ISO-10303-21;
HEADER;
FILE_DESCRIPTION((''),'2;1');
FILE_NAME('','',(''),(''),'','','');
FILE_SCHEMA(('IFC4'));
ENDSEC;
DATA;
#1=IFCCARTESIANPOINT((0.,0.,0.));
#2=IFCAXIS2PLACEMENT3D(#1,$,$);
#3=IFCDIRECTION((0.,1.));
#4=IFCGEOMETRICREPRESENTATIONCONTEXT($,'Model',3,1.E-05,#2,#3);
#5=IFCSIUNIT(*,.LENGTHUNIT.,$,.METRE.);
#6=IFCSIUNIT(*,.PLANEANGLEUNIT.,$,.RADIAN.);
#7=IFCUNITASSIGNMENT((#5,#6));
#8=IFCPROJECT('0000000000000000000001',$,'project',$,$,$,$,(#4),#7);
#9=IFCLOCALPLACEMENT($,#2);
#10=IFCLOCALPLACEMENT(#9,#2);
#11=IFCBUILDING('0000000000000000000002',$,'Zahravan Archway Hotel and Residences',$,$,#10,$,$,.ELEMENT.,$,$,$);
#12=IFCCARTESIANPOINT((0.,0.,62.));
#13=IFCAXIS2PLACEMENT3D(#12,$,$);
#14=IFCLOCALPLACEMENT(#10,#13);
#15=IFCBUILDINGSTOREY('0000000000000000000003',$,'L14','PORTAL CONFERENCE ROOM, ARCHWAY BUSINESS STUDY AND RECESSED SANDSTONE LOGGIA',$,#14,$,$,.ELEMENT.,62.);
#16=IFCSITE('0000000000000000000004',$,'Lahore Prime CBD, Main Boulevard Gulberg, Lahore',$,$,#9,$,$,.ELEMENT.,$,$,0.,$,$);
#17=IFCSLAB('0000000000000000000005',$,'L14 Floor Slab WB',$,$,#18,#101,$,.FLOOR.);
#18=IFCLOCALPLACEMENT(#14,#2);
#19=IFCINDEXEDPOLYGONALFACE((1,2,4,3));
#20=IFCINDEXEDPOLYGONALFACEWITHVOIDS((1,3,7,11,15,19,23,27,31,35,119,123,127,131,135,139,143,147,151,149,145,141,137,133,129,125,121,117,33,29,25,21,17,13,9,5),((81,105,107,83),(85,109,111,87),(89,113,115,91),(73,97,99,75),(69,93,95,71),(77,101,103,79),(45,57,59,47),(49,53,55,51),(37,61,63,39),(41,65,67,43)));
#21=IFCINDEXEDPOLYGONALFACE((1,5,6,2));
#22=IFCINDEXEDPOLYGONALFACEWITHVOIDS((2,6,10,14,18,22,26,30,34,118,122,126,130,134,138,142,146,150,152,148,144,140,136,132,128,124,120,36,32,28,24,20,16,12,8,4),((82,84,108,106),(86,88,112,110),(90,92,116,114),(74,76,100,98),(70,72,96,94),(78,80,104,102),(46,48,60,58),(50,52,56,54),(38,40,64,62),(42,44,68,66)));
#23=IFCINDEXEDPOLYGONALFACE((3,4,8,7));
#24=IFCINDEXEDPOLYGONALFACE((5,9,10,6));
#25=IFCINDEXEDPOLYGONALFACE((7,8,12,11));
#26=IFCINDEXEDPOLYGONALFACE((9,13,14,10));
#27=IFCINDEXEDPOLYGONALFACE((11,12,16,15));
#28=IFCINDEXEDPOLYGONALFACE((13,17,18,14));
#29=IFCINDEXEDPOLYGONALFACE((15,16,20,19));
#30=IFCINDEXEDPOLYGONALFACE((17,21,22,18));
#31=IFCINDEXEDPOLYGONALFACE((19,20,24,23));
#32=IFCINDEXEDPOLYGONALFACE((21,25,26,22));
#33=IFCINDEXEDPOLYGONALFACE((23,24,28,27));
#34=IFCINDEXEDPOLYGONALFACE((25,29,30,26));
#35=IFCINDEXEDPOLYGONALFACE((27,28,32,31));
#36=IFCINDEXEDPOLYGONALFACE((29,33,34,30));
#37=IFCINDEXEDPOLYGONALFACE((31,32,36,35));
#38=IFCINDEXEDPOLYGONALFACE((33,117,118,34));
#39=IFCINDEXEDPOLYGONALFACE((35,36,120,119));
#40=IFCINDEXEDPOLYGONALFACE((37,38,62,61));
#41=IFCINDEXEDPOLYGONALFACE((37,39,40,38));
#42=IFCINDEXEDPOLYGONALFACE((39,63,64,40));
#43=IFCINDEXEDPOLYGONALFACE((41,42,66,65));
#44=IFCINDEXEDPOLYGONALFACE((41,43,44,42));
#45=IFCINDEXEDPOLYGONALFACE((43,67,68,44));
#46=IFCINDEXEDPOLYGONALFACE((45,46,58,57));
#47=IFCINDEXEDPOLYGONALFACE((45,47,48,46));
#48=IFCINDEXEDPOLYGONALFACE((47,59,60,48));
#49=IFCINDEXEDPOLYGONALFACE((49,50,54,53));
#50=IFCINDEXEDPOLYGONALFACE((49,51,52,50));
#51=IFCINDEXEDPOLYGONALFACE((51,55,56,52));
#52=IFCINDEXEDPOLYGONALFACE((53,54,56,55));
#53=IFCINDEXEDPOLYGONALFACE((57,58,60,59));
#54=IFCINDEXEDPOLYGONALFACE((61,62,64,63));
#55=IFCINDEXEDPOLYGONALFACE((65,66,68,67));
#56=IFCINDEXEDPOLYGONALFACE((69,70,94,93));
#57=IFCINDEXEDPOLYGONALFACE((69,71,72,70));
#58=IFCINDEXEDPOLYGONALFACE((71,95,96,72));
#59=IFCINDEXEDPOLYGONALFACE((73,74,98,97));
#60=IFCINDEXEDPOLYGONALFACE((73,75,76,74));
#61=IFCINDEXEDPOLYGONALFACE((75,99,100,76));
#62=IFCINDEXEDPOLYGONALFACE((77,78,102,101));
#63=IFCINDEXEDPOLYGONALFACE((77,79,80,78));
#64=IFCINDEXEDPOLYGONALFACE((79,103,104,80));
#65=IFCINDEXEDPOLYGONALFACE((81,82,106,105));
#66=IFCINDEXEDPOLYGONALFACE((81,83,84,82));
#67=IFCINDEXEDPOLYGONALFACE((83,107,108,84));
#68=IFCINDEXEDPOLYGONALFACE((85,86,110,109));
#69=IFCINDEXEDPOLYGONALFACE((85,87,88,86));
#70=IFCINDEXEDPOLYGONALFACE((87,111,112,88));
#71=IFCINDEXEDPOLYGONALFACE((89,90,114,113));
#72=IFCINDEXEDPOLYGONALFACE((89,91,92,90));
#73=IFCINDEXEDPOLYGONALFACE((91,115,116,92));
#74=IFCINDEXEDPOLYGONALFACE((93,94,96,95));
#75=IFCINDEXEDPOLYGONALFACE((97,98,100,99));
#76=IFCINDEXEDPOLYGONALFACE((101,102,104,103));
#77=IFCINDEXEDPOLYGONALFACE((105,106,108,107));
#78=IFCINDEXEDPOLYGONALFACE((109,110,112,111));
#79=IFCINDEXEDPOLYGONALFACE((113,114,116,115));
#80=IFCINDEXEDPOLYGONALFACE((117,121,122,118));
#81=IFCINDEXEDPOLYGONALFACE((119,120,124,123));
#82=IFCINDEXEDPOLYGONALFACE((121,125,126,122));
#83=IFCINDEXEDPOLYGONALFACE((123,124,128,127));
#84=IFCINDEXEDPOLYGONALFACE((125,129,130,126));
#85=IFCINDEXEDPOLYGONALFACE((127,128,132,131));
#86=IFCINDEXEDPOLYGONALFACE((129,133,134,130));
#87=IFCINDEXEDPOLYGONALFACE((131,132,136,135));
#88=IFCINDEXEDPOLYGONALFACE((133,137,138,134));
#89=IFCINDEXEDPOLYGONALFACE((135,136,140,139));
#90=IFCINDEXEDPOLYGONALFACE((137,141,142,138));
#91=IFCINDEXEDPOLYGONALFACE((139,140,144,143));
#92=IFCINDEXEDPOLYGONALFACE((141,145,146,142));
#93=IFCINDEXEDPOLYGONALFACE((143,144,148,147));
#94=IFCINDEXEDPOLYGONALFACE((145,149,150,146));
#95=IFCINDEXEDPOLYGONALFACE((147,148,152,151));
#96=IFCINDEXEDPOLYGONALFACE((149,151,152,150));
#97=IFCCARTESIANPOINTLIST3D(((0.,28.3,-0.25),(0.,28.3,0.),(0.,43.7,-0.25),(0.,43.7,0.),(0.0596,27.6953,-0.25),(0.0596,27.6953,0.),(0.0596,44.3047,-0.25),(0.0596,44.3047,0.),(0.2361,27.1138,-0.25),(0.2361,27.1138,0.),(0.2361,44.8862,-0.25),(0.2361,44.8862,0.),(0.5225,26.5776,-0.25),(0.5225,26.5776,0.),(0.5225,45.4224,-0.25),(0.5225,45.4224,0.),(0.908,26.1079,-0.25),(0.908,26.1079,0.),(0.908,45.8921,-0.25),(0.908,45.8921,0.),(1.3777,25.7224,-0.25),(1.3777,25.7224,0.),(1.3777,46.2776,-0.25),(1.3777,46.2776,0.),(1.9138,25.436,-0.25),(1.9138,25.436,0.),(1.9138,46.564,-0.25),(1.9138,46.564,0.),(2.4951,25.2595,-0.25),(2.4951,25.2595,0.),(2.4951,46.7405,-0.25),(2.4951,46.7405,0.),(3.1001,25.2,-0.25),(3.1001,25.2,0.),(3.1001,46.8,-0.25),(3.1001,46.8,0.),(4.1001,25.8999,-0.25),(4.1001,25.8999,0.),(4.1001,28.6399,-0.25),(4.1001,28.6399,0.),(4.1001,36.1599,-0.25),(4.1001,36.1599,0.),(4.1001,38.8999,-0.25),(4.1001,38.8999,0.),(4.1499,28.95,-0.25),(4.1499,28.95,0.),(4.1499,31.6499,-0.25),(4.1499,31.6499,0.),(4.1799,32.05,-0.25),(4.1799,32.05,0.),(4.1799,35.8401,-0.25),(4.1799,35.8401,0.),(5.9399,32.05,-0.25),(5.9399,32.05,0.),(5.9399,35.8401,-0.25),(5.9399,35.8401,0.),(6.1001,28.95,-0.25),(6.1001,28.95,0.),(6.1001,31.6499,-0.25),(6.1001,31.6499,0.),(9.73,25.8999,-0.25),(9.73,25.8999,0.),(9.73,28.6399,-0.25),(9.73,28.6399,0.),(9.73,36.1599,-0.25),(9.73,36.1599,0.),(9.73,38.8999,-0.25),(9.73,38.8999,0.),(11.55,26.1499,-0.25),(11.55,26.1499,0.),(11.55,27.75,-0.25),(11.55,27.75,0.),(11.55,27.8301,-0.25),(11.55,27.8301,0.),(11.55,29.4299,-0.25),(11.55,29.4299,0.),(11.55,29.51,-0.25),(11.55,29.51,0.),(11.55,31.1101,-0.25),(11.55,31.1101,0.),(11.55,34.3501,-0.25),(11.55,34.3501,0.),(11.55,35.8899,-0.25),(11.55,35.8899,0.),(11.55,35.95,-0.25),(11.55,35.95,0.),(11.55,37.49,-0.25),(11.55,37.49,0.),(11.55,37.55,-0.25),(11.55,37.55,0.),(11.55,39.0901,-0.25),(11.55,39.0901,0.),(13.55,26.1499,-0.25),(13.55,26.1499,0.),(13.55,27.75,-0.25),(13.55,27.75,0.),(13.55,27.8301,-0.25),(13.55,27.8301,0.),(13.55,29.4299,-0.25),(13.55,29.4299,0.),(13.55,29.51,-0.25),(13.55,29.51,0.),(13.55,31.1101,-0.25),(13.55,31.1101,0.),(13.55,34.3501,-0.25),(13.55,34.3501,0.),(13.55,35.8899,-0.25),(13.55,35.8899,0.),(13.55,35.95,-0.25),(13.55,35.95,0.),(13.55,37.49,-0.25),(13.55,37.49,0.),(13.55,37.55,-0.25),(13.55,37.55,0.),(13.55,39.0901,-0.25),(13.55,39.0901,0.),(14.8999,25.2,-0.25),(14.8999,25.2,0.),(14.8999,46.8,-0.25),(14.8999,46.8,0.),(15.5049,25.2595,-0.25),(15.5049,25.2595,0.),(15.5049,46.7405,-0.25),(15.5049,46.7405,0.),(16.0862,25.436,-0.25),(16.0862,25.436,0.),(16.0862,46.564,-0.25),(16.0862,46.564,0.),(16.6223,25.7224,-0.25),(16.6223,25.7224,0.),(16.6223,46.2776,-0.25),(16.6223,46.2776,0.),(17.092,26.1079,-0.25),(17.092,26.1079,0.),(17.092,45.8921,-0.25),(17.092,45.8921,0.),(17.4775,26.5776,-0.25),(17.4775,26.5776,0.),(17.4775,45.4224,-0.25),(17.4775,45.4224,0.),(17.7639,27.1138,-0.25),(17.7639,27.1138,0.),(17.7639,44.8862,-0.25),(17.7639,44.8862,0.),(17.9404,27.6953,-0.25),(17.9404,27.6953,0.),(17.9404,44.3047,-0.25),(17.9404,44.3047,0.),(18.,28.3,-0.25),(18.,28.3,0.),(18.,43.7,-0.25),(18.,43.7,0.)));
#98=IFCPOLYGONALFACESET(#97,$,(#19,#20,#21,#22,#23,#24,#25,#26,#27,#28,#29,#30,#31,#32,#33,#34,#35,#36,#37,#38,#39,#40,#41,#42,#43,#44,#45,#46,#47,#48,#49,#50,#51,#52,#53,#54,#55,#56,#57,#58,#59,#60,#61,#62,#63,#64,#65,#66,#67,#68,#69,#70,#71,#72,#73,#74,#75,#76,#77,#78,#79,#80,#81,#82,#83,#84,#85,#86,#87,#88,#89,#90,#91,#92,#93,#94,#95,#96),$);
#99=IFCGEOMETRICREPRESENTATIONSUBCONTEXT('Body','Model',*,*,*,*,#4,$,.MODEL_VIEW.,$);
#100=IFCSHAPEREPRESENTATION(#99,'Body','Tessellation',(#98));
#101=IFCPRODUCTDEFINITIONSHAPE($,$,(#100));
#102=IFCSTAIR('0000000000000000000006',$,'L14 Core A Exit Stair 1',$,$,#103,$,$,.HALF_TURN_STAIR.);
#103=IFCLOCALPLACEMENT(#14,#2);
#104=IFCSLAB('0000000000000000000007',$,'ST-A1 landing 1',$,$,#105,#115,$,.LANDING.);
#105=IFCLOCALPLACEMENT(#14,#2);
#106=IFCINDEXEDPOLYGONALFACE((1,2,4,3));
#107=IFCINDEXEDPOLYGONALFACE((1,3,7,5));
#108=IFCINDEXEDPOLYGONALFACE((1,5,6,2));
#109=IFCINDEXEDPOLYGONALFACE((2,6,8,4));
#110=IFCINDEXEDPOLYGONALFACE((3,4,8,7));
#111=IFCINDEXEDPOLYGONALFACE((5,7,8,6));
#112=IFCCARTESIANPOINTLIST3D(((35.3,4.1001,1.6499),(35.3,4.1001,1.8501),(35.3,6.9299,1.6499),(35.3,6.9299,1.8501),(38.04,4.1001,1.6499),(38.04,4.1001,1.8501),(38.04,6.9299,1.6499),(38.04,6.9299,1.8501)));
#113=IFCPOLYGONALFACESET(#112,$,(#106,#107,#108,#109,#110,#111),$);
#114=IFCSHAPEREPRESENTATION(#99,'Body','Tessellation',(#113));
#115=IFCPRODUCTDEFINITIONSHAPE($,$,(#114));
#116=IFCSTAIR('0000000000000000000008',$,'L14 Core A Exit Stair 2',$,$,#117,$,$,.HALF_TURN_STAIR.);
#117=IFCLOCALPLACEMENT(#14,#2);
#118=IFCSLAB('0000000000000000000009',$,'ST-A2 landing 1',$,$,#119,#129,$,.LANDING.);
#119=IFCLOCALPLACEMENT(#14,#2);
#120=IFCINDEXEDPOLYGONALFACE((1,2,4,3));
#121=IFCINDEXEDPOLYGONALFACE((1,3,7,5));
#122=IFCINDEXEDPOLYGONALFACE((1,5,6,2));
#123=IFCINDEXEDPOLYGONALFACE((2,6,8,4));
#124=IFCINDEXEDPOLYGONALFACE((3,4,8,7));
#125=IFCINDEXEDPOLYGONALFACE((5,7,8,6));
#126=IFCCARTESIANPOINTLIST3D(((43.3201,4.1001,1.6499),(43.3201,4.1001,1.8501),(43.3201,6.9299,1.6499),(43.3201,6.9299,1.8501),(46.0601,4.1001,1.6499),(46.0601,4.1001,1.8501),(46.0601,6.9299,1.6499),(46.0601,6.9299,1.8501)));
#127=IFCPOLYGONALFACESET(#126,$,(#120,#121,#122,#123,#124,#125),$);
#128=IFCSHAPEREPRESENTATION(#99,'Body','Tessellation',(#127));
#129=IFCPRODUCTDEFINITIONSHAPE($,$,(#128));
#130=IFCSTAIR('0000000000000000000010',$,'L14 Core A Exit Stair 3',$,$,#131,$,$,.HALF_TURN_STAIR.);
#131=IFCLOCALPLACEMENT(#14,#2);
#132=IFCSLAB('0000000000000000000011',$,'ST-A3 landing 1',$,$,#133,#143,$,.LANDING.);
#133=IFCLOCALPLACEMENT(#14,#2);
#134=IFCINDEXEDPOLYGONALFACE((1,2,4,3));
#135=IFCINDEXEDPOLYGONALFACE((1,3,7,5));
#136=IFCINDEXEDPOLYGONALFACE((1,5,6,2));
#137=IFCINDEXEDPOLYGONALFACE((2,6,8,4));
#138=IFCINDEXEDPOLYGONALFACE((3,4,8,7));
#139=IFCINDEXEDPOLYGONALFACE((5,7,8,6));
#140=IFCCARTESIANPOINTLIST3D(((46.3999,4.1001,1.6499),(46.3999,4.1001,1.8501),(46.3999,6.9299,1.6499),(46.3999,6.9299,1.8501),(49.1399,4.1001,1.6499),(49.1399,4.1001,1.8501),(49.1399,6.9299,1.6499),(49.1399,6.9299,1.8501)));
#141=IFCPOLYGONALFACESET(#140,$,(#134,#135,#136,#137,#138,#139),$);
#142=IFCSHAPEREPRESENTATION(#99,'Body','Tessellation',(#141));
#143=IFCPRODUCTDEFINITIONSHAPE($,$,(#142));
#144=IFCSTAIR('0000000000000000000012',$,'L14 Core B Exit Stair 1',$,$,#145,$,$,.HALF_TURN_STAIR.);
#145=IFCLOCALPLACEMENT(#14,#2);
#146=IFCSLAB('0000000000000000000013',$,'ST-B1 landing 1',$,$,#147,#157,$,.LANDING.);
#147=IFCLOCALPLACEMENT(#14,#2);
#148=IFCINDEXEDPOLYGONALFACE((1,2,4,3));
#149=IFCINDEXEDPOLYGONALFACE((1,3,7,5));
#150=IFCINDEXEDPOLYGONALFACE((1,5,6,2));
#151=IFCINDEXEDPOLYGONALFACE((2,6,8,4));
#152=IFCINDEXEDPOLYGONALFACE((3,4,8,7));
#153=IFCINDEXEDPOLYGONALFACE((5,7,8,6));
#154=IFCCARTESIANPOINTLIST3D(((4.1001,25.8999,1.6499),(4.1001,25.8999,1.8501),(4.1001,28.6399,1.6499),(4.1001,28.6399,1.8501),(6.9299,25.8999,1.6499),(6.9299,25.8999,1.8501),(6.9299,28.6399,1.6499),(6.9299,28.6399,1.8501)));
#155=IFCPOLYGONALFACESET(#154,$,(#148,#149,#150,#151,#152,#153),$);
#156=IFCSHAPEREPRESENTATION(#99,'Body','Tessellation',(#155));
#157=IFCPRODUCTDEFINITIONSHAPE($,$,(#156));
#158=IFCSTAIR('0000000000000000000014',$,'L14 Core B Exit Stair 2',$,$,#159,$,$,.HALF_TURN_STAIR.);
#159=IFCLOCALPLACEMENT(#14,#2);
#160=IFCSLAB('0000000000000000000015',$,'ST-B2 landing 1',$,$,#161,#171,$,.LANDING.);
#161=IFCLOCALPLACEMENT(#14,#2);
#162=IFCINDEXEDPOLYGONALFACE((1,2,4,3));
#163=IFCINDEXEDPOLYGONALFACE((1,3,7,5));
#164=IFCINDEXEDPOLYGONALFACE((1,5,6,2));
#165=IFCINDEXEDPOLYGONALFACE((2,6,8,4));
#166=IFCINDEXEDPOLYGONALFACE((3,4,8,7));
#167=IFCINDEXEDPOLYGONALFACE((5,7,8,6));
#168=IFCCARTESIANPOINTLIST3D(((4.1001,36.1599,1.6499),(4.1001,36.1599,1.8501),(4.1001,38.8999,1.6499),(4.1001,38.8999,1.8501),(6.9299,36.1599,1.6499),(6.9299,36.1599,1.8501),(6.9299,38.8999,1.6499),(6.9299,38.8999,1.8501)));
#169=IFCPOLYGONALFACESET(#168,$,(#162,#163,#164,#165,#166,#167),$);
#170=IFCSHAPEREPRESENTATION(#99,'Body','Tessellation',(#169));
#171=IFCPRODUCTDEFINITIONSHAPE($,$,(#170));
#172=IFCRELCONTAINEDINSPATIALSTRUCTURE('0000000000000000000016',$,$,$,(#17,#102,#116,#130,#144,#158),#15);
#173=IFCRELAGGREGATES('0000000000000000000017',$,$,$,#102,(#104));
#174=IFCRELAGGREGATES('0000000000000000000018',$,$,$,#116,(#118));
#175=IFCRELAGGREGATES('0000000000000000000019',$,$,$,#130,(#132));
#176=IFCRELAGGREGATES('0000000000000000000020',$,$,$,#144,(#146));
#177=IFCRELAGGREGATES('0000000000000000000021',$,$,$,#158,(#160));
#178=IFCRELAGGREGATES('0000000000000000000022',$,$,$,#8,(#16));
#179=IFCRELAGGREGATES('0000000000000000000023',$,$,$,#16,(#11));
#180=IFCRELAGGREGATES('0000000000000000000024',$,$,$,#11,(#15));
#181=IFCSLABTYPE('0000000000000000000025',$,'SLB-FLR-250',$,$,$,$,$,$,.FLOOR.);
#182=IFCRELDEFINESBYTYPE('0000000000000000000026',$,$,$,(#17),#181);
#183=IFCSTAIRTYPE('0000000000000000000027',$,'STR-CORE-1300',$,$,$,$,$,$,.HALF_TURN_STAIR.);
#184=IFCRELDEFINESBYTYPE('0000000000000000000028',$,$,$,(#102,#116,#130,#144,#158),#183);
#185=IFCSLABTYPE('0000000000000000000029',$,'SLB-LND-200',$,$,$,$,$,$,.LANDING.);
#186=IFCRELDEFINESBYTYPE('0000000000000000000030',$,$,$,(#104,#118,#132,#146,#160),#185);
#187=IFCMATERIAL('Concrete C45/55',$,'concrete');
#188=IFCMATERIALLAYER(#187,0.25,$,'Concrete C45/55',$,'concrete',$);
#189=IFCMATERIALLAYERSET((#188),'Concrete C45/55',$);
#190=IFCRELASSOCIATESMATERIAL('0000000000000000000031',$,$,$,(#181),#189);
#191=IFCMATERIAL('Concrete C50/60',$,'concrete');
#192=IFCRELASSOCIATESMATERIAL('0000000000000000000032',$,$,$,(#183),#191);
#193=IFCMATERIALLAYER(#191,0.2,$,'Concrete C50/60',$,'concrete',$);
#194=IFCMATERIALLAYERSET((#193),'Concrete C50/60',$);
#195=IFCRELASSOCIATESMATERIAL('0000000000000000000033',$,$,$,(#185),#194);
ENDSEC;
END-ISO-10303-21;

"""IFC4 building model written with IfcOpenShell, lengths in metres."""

from ifc_helpers import new_model, si_unit, direction, frame, origin, place, context, subcontext, project, spatial, polyline, outline, extrude, material, layer, layer_set, type_object, element, aggregate, save


model = new_model("IFC4")

# Units and contexts
model_context = context("Model", 3, precision=1e-05, world=origin(), true_north=direction((0.0, 1.0)))
body_context = subcontext(model_context, "Body", "Model", "MODEL_VIEW")
ifc_project = project(units=[si_unit("LENGTHUNIT", "METRE"), si_unit("PLANEANGLEUNIT", "RADIAN")], contexts=[model_context])

# Site, building, storey
site_placement = place(None, origin())
site = spatial("IfcSite", under=ifc_project, at=site_placement, Name="Lahore Prime CBD, Main Boulevard Gulberg, Lahore", CompositionType="ELEMENT", RefElevation=0.0)
building_placement = place(site_placement, origin())
building = spatial("IfcBuilding", under=site, at=building_placement, Name="Zahravan Archway Hotel and Residences", CompositionType="ELEMENT")
storey_placement = place(building_placement, frame((0.0, 0.0, 62.0)))
storey = spatial("IfcBuildingStorey", under=building, at=storey_placement, Name="L14", Description="PORTAL CONFERENCE ROOM, ARCHWAY BUSINESS STUDY AND RECESSED SANDSTONE LOGGIA", CompositionType="ELEMENT", Elevation=62.0)

# Slab
ifc_material_1 = material(Name="Concrete C45/55", Category="concrete")
ifc_layer_1 = layer(ifc_material_1, 0.25, Name="Concrete C45/55", Category="concrete")
ifc_layer_set_1 = layer_set([ifc_layer_1], Name="Concrete C45/55")
slab_type_1 = type_object("IfcSlabType", Name="SLB-FLR-250", PredefinedType="FLOOR", material=ifc_layer_set_1)
slab_1_placement = place(storey_placement, frame((0.0, 0.0, -0.25)))
element("IfcSlab", 1, at=slab_1_placement, inside=storey, type_object=slab_type_1, Name="L14 Floor Slab WB", PredefinedType="FLOOR", context=body_context, shape_type="SweptSolid", body=[
    extrude(outline(polyline([(14.8999, 25.2), (15.5049, 25.2595), (16.0862, 25.436), (16.6223, 25.7224), (17.092, 26.1079), (17.4775, 26.5776), (17.7639, 27.1138), (17.9404, 27.6953), (18.0, 28.3), (18.0, 43.7), (17.9404, 44.3047), (17.7639, 44.8862), (17.4775, 45.4224), (17.092, 45.8921), (16.6223, 46.2776), (16.0862, 46.564), (15.5049, 46.7405), (14.8999, 46.8), (3.1001, 46.8), (2.4951, 46.7405), (1.9138, 46.564), (1.3777, 46.2776), (0.908, 45.8921), (0.5225, 45.4224), (0.2361, 44.8862), (0.0596, 44.3047), (0.0, 43.7), (0.0, 28.3), (0.0596, 27.6953), (0.2361, 27.1138), (0.5225, 26.5776), (0.908, 26.1079), (1.3777, 25.7224), (1.9138, 25.436), (2.4951, 25.2595), (3.1001, 25.2), (14.8999, 25.2)]), holes=[polyline([(9.73, 28.6399), (4.1001, 28.6399), (4.1001, 25.8999), (9.73, 25.8999), (9.73, 28.6399)]), polyline([(9.73, 38.8999), (4.1001, 38.8999), (4.1001, 36.1599), (9.73, 36.1599), (9.73, 38.8999)]), polyline([(4.1499, 28.95), (6.1001, 28.95), (6.1001, 31.6499), (4.1499, 31.6499), (4.1499, 28.95)]), polyline([(11.55, 26.1499), (13.55, 26.1499), (13.55, 27.75), (11.55, 27.75), (11.55, 26.1499)]), polyline([(11.55, 27.8301), (13.55, 27.8301), (13.55, 29.4299), (11.55, 29.4299), (11.55, 27.8301)]), polyline([(11.55, 29.51), (13.55, 29.51), (13.55, 31.1101), (11.55, 31.1101), (11.55, 29.51)]), polyline([(11.55, 34.3501), (13.55, 34.3501), (13.55, 35.8899), (11.55, 35.8899), (11.55, 34.3501)]), polyline([(11.55, 35.95), (13.55, 35.95), (13.55, 37.49), (11.55, 37.49), (11.55, 35.95)]), polyline([(11.55, 37.55), (13.55, 37.55), (13.55, 39.0901), (11.55, 39.0901), (11.55, 37.55)]), polyline([(4.1799, 32.05), (5.9399, 32.05), (5.9399, 35.8401), (4.1799, 35.8401), (4.1799, 32.05)])]), origin(), (0.0, 0.0, 1.0), 0.25),
])

# Stairs, slabs
ifc_material_2 = material(Name="Concrete C50/60", Category="concrete")
stair_type = type_object("IfcStairType", Name="STR-CORE-1300", PredefinedType="HALF_TURN_STAIR", material=ifc_material_2)
stair_1_placement = place(storey_placement, origin())
stair_1 = element("IfcStair", 2, at=stair_1_placement, inside=storey, type_object=stair_type, Name="L14 Core A Exit Stair 1", PredefinedType="HALF_TURN_STAIR")
ifc_layer_2 = layer(ifc_material_2, 0.2, Name="Concrete C50/60", Category="concrete")
ifc_layer_set_2 = layer_set([ifc_layer_2], Name="Concrete C50/60")
slab_type_2 = type_object("IfcSlabType", Name="SLB-LND-200", PredefinedType="LANDING", material=ifc_layer_set_2)
slab_2_placement = place(storey_placement, frame((0.0, 0.0, 1.6499)))
slab_2 = element("IfcSlab", 3, at=slab_2_placement, type_object=slab_type_2, Name="ST-A1 landing 1", PredefinedType="LANDING", context=body_context, shape_type="SweptSolid", body=[
    extrude(outline(polyline([(35.3, 6.9299), (35.3, 4.1001), (38.04, 4.1001), (38.04, 6.9299), (35.3, 6.9299)])), origin(), (0.0, 0.0, 1.0), 0.2002),
])
aggregate(stair_1, [slab_2])
stair_2_placement = place(storey_placement, origin())
stair_2 = element("IfcStair", 4, at=stair_2_placement, inside=storey, type_object=stair_type, Name="L14 Core A Exit Stair 2", PredefinedType="HALF_TURN_STAIR")
slab_3_placement = place(storey_placement, frame((0.0, 0.0, 1.6499)))
slab_3 = element("IfcSlab", 5, at=slab_3_placement, type_object=slab_type_2, Name="ST-A2 landing 1", PredefinedType="LANDING", context=body_context, shape_type="SweptSolid", body=[
    extrude(outline(polyline([(43.3201, 6.9299), (43.3201, 4.1001), (46.0601, 4.1001), (46.0601, 6.9299), (43.3201, 6.9299)])), origin(), (0.0, 0.0, 1.0), 0.2002),
])
aggregate(stair_2, [slab_3])
stair_3_placement = place(storey_placement, origin())
stair_3 = element("IfcStair", 6, at=stair_3_placement, inside=storey, type_object=stair_type, Name="L14 Core A Exit Stair 3", PredefinedType="HALF_TURN_STAIR")
slab_4_placement = place(storey_placement, frame((0.0, 0.0, 1.6499)))
slab_4 = element("IfcSlab", 7, at=slab_4_placement, type_object=slab_type_2, Name="ST-A3 landing 1", PredefinedType="LANDING", context=body_context, shape_type="SweptSolid", body=[
    extrude(outline(polyline([(46.3999, 6.9299), (46.3999, 4.1001), (49.1399, 4.1001), (49.1399, 6.9299), (46.3999, 6.9299)])), origin(), (0.0, 0.0, 1.0), 0.2002),
])
aggregate(stair_3, [slab_4])
stair_4_placement = place(storey_placement, origin())
stair_4 = element("IfcStair", 8, at=stair_4_placement, inside=storey, type_object=stair_type, Name="L14 Core B Exit Stair 1", PredefinedType="HALF_TURN_STAIR")
slab_5_placement = place(storey_placement, frame((0.0, 0.0, 1.6499)))
slab_5 = element("IfcSlab", 9, at=slab_5_placement, type_object=slab_type_2, Name="ST-B1 landing 1", PredefinedType="LANDING", context=body_context, shape_type="SweptSolid", body=[
    extrude(outline(polyline([(6.9299, 28.6399), (4.1001, 28.6399), (4.1001, 25.8999), (6.9299, 25.8999), (6.9299, 28.6399)])), origin(), (0.0, 0.0, 1.0), 0.2002),
])
aggregate(stair_4, [slab_5])
stair_5_placement = place(storey_placement, origin())
stair_5 = element("IfcStair", 10, at=stair_5_placement, inside=storey, type_object=stair_type, Name="L14 Core B Exit Stair 2", PredefinedType="HALF_TURN_STAIR")
slab_6_placement = place(storey_placement, frame((0.0, 0.0, 1.6499)))
slab_6 = element("IfcSlab", 11, at=slab_6_placement, type_object=slab_type_2, Name="ST-B2 landing 1", PredefinedType="LANDING", context=body_context, shape_type="SweptSolid", body=[
    extrude(outline(polyline([(6.9299, 38.8999), (4.1001, 38.8999), (4.1001, 36.1599), (6.9299, 36.1599), (6.9299, 38.8999)])), origin(), (0.0, 0.0, 1.0), 0.2002),
])
aggregate(stair_5, [slab_6])

save(model, "model.ifc")
